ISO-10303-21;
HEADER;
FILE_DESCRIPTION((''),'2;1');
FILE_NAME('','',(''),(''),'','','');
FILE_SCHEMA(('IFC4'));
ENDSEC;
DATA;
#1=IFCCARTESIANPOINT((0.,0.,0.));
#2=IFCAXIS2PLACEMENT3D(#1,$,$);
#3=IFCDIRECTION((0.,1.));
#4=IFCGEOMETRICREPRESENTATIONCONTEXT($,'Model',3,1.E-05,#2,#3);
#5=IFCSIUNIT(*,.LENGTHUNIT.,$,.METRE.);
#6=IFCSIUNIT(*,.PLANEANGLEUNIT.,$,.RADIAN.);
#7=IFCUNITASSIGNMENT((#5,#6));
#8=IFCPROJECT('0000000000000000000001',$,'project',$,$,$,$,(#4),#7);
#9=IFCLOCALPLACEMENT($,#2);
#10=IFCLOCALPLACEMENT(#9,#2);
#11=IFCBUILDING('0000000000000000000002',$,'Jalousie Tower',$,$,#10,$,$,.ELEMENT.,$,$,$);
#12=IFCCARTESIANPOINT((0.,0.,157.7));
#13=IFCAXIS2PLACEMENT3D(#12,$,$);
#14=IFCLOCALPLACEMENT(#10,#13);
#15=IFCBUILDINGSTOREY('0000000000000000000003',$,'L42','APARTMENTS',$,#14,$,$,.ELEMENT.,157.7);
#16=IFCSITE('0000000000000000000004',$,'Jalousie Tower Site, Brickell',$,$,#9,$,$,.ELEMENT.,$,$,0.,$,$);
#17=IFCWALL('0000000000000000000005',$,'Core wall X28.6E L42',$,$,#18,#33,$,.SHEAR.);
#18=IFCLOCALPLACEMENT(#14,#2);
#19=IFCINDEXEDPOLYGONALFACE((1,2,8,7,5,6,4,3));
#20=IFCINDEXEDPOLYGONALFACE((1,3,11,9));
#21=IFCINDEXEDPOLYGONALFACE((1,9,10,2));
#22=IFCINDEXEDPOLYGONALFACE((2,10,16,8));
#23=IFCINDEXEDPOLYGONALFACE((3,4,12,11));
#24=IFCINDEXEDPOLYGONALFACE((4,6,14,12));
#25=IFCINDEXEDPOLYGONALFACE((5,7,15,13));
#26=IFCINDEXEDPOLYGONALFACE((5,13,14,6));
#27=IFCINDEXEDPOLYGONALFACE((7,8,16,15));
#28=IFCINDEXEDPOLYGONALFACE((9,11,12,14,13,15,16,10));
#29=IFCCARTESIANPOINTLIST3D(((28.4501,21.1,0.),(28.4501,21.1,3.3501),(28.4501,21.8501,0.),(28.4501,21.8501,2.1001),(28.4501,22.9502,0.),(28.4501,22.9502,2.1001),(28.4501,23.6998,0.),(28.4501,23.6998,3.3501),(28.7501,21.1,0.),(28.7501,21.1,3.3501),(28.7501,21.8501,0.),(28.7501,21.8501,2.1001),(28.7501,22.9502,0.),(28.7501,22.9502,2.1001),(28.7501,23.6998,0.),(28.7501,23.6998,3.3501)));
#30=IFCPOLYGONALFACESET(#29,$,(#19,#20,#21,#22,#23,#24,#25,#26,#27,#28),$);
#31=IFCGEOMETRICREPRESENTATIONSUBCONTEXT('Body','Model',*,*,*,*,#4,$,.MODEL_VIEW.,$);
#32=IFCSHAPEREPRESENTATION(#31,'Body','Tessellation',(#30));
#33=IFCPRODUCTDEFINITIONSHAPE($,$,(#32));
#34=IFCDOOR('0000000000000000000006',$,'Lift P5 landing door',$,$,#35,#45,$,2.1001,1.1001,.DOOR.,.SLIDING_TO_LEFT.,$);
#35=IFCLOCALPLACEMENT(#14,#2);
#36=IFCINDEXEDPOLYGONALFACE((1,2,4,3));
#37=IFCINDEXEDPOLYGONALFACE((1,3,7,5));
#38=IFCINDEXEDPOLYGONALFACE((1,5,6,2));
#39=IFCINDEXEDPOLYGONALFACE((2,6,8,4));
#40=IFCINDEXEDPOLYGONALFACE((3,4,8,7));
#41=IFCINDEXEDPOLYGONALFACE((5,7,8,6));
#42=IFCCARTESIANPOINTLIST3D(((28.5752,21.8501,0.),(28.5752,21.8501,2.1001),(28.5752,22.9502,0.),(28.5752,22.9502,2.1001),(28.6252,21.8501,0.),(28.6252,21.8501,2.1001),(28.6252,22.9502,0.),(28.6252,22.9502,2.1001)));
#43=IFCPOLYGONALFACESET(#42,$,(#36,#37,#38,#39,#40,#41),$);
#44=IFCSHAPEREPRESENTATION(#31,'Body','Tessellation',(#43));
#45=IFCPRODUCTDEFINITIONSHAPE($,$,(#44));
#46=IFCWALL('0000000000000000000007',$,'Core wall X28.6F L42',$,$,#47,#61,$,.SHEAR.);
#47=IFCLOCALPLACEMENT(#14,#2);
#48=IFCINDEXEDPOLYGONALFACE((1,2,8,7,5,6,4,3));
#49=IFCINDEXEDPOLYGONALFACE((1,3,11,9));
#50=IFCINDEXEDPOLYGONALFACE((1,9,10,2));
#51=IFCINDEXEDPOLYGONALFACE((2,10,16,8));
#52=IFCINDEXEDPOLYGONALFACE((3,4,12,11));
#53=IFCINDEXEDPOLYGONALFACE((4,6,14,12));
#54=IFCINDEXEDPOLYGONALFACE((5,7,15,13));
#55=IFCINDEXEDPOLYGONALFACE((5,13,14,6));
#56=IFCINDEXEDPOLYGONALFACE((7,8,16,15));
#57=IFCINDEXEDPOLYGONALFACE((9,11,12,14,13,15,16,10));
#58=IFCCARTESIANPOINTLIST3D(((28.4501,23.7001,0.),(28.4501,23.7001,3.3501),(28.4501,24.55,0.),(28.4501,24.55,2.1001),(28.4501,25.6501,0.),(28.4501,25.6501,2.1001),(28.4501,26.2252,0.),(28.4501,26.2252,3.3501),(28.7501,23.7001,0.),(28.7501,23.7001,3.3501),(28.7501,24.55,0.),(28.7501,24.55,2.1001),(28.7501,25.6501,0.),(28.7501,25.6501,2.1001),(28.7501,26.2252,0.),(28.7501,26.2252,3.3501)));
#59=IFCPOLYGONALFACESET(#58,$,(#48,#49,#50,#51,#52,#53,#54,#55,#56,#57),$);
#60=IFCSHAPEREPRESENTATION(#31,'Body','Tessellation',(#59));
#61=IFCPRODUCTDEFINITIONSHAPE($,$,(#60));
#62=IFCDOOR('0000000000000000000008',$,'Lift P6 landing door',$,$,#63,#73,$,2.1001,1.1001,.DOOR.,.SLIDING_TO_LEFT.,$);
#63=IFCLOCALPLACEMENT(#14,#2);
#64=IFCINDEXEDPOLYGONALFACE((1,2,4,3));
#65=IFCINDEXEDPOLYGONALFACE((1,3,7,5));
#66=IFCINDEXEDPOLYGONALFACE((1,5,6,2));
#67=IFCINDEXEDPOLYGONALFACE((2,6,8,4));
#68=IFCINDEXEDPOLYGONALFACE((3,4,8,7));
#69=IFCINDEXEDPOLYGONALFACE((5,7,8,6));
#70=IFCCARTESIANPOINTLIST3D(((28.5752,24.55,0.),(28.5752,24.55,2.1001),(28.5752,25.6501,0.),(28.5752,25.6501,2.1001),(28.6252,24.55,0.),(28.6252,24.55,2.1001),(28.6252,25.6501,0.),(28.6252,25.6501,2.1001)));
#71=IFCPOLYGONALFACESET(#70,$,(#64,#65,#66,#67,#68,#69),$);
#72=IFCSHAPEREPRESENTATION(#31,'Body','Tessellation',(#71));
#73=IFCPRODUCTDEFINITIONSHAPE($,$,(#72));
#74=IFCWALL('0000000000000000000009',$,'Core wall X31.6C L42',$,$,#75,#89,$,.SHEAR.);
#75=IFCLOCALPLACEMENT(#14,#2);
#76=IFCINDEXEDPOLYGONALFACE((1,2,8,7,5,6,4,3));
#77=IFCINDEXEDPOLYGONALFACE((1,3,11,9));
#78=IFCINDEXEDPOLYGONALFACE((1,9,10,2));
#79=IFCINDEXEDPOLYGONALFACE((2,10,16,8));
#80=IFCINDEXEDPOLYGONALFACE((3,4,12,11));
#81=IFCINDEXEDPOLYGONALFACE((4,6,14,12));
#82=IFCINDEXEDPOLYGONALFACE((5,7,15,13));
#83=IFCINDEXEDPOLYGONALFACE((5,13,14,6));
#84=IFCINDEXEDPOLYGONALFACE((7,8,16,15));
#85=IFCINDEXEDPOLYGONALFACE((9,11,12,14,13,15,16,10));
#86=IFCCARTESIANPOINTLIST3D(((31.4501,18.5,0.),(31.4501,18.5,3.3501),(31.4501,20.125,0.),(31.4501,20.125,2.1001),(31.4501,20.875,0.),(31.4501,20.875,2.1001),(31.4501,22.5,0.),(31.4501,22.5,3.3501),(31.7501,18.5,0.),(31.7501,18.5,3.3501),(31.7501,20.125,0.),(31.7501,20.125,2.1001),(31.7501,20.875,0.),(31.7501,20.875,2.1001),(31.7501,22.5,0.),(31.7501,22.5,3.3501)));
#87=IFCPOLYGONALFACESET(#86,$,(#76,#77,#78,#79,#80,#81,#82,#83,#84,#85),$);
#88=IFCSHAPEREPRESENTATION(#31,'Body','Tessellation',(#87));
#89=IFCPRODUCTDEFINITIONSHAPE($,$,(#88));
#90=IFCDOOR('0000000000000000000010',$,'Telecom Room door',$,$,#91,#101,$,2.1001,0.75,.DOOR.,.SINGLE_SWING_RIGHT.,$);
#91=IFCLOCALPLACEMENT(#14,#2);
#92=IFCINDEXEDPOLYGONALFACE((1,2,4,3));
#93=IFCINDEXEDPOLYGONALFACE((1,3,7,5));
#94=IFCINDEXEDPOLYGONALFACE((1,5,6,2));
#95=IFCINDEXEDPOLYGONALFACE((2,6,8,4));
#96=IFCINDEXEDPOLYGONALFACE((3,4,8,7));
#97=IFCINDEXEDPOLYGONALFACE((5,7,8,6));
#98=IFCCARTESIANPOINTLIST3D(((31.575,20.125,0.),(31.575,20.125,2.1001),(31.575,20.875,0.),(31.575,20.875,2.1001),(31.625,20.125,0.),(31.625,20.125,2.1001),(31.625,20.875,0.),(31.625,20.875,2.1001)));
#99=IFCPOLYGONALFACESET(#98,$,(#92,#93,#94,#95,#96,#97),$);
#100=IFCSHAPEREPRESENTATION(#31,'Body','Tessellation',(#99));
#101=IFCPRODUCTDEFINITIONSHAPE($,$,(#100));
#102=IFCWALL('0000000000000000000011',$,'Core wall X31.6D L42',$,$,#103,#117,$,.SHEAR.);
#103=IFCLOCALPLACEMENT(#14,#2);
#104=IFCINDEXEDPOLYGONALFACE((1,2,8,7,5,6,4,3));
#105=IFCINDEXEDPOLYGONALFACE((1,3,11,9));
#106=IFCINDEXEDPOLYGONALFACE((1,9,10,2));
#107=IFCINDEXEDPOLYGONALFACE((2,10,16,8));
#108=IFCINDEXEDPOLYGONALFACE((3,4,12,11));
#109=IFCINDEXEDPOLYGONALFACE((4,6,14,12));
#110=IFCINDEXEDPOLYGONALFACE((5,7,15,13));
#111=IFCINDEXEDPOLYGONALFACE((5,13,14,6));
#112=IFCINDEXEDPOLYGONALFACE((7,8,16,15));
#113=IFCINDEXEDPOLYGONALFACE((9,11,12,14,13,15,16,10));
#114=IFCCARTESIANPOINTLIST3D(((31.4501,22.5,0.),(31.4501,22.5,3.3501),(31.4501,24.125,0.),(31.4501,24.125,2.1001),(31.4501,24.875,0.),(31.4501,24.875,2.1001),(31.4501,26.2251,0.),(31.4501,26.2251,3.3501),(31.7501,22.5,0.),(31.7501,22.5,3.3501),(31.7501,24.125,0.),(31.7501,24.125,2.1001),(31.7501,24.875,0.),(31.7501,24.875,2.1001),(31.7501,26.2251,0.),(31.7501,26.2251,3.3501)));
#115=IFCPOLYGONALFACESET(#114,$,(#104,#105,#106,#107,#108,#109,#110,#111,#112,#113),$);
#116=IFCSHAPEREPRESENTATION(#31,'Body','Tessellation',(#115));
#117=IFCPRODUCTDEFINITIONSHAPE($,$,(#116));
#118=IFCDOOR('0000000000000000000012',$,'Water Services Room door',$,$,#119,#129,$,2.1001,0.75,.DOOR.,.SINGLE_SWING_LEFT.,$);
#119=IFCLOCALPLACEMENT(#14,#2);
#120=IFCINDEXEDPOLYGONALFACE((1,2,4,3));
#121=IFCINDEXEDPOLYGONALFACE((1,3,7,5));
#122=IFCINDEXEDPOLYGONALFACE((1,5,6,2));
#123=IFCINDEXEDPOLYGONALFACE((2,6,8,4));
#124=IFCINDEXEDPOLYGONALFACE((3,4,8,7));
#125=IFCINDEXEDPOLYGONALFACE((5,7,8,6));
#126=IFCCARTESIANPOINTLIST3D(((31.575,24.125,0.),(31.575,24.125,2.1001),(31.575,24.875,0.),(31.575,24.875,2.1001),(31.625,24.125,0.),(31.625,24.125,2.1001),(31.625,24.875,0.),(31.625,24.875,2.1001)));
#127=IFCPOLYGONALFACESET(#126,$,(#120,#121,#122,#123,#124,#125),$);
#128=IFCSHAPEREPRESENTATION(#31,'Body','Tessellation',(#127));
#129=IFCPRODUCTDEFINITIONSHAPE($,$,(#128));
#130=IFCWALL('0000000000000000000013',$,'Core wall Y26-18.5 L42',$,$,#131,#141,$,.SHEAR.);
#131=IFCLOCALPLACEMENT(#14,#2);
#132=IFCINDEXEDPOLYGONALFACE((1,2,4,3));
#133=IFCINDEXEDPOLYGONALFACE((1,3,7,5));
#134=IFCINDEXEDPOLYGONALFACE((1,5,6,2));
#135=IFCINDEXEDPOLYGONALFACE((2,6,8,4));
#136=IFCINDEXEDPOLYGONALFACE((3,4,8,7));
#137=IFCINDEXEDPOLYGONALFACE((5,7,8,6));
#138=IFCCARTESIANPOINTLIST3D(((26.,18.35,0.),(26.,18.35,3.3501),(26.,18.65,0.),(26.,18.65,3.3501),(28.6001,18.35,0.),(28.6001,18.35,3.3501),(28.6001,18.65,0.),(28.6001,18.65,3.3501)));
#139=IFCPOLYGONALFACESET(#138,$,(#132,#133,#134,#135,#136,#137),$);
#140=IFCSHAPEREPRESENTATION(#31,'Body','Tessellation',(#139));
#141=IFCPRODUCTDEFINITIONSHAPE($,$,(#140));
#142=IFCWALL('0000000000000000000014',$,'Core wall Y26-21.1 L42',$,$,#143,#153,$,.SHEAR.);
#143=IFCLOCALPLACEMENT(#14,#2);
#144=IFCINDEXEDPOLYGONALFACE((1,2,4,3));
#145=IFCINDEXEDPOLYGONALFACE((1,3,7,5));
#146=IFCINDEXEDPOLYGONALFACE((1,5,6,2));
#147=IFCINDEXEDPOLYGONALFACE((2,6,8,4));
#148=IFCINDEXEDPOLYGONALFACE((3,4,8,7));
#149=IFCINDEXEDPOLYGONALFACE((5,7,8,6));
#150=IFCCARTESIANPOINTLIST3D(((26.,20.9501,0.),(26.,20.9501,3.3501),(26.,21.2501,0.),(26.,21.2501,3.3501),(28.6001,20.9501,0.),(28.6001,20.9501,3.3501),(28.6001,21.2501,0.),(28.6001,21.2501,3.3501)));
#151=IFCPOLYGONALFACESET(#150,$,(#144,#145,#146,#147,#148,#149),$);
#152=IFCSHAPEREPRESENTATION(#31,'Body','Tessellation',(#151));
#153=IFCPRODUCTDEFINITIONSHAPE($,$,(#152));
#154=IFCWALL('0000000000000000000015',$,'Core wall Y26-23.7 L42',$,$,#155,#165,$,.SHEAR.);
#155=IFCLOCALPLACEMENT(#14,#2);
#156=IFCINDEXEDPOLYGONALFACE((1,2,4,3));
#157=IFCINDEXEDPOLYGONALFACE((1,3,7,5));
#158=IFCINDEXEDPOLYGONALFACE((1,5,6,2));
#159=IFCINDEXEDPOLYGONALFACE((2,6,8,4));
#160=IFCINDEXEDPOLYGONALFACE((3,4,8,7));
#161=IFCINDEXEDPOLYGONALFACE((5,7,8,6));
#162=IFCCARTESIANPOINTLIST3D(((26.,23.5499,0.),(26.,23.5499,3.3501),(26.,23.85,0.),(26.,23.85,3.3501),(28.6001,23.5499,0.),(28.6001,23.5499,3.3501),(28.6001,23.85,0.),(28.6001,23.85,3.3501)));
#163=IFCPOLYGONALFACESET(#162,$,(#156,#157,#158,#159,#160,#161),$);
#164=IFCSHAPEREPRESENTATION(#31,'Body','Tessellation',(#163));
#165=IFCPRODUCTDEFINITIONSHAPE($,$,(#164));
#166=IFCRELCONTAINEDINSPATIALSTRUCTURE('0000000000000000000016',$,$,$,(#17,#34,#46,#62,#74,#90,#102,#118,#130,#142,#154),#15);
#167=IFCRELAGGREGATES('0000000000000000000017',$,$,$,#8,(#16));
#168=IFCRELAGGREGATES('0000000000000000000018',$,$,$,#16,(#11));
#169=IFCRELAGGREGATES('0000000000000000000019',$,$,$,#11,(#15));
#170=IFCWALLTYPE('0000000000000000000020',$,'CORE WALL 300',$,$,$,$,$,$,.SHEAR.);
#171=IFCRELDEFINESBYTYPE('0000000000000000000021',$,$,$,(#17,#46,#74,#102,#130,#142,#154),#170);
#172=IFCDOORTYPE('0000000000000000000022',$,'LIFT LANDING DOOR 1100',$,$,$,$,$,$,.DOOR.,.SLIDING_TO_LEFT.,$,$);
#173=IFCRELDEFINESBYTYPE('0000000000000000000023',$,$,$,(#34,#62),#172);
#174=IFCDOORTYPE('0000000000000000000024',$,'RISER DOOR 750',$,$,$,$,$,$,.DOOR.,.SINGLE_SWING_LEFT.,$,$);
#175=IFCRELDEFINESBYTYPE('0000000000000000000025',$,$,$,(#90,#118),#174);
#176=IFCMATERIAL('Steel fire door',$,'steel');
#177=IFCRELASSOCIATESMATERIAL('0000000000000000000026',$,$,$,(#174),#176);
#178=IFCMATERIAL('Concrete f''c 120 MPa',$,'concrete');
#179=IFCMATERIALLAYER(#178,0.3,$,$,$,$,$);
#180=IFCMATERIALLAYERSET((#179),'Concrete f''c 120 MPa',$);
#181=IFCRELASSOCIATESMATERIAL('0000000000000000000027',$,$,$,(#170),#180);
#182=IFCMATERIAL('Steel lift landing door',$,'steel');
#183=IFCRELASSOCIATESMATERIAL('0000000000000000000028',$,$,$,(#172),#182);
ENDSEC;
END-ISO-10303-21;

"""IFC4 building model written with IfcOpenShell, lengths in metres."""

from ifc_helpers import new_model, si_unit, direction, frame, frame_2d, origin, place, context, subcontext, project, spatial, rectangle, extrude, material, layer, layer_set, type_object, element, fill, save


model = new_model("IFC4")

# Units and contexts
model_context = context("Model", 3, precision=1e-05, world=origin(), true_north=direction((0.0, 1.0)))
body_context = subcontext(model_context, "Body", "Model", "MODEL_VIEW")
ifc_project = project(units=[si_unit("LENGTHUNIT", "METRE"), si_unit("PLANEANGLEUNIT", "RADIAN")], contexts=[model_context])

# Site, building, storey
site_placement = place(None, origin())
site = spatial("IfcSite", under=ifc_project, at=site_placement, Name="Jalousie Tower Site, Brickell", CompositionType="ELEMENT", RefElevation=0.0)
building_placement = place(site_placement, origin())
building = spatial("IfcBuilding", under=site, at=building_placement, Name="Jalousie Tower", CompositionType="ELEMENT")
storey_placement = place(building_placement, frame((0.0, 0.0, 157.7)))
storey = spatial("IfcBuildingStorey", under=building, at=storey_placement, Name="L42", Description="APARTMENTS", CompositionType="ELEMENT", Elevation=157.7)

# Shared definitions
ifc_material_1 = material(Name="Steel fire door", Category="steel")
door_type_1 = type_object("IfcDoorType", Name="RISER DOOR 750", OperationType="SINGLE_SWING_LEFT", PredefinedType="DOOR", material=ifc_material_1)

# Shared definitions
ifc_material_2 = material(Name="Concrete f'c 120 MPa", Category="concrete")
ifc_layer_1 = layer(ifc_material_2, 0.3)
ifc_layer_set_1 = layer_set([ifc_layer_1], Name="Concrete f'c 120 MPa")
wall_type_1 = type_object("IfcWallType", Name="CORE WALL 300", PredefinedType="SHEAR", material=ifc_layer_set_1)

# Walls, openings, doors
ifc_material_3 = material(Name="Steel lift landing door", Category="steel")
door_type_2 = type_object("IfcDoorType", Name="LIFT LANDING DOOR 1100", OperationType="SLIDING_TO_LEFT", PredefinedType="DOOR", material=ifc_material_3)
wall_1_placement = place(storey_placement, frame((28.6001, 21.1001, 0.0), z_axis=(0.0, 0.0, 1.0), x_axis=(0.0, 1.0, 0.0)))
wall_1 = element("IfcWall", 1, at=wall_1_placement, inside=storey, type_object=wall_type_1, Name="Core wall X28.6E L42", PredefinedType="SHEAR", context=body_context, shape_type="SweptSolid", body=[
    extrude(rectangle(XDim=2.5999, YDim=0.3, at=frame_2d((1.2998, 0.0))), origin(), (0.0, 0.0, 1.0), 3.3501),
])
opening_1_placement = place(wall_1_placement, frame((0.75, 0.0, 0.0)))
opening_1 = element("IfcOpeningElement", 2, at=opening_1_placement, cuts=wall_1, PredefinedType="OPENING", context=body_context, shape_type="SweptSolid", body=[
    extrude(rectangle(XDim=1.1001, YDim=2.1001, at=frame_2d((0.55, 1.05))), frame((0.0, 0.1599, 0.0), z_axis=(0.0, -1.0, 0.0), x_axis=(1.0, 0.0, 0.0)), (0.0, 0.0, 1.0), 0.3201),
])
door_1_placement = place(opening_1_placement, origin())
door_1 = element("IfcDoor", 3, at=door_1_placement, inside=storey, type_object=door_type_2, Name="Lift P5 landing door", OperationType="SLIDING_TO_LEFT", OverallHeight=2.1001, OverallWidth=1.1001, PredefinedType="DOOR", context=body_context, shape_type="SweptSolid", body=[
    extrude(rectangle(XDim=1.1001, YDim=2.1001, at=frame_2d((0.55, 1.05))), frame((0.0, 0.0249, 0.0), z_axis=(0.0, -1.0, 0.0), x_axis=(1.0, 0.0, 0.0)), (0.0, 0.0, 1.0), 0.05),
])
fill(opening_1, door_1)
wall_2_placement = place(storey_placement, frame((28.6001, 23.7, 0.0), z_axis=(0.0, 0.0, 1.0), x_axis=(0.0, 1.0, 0.0)))
wall_2 = element("IfcWall", 4, at=wall_2_placement, inside=storey, type_object=wall_type_1, Name="Core wall X28.6F L42", PredefinedType="SHEAR", context=body_context, shape_type="SweptSolid", body=[
    extrude(rectangle(XDim=2.5251, YDim=0.3, at=frame_2d((1.2627, 0.0))), origin(), (0.0, 0.0, 1.0), 3.3501),
])
opening_2_placement = place(wall_2_placement, frame((0.8501, 0.0, 0.0)))
opening_2 = element("IfcOpeningElement", 5, at=opening_2_placement, cuts=wall_2, PredefinedType="OPENING", context=body_context, shape_type="SweptSolid", body=[
    extrude(rectangle(XDim=1.1001, YDim=2.1001, at=frame_2d((0.55, 1.05))), frame((0.0, 0.1599, 0.0), z_axis=(0.0, -1.0, 0.0), x_axis=(1.0, 0.0, 0.0)), (0.0, 0.0, 1.0), 0.3201),
])
door_2_placement = place(opening_2_placement, origin())
door_2 = element("IfcDoor", 6, at=door_2_placement, inside=storey, type_object=door_type_2, Name="Lift P6 landing door", OperationType="SLIDING_TO_LEFT", OverallHeight=2.1001, OverallWidth=1.1001, PredefinedType="DOOR", context=body_context, shape_type="SweptSolid", body=[
    extrude(rectangle(XDim=1.1001, YDim=2.1001, at=frame_2d((0.55, 1.05))), frame((0.0, 0.0249, 0.0), z_axis=(0.0, -1.0, 0.0), x_axis=(1.0, 0.0, 0.0)), (0.0, 0.0, 1.0), 0.05),
])
fill(opening_2, door_2)
wall_3_placement = place(storey_placement, frame((31.6001, 18.5, 0.0), z_axis=(0.0, 0.0, 1.0), x_axis=(0.0, 1.0, 0.0)))
wall_3 = element("IfcWall", 7, at=wall_3_placement, inside=storey, type_object=wall_type_1, Name="Core wall X31.6C L42", PredefinedType="SHEAR", context=body_context, shape_type="SweptSolid", body=[
    extrude(rectangle(XDim=4.0, YDim=0.3, at=frame_2d((2.0, 0.0))), origin(), (0.0, 0.0, 1.0), 3.3501),
])
opening_3_placement = place(wall_3_placement, frame((1.625, 0.0, 0.0)))
opening_3 = element("IfcOpeningElement", 8, at=opening_3_placement, cuts=wall_3, PredefinedType="OPENING", context=body_context, shape_type="SweptSolid", body=[
    extrude(rectangle(XDim=0.75, YDim=2.1001, at=frame_2d((0.375, 1.05))), frame((0.0, 0.1599, 0.0), z_axis=(0.0, -1.0, 0.0), x_axis=(1.0, 0.0, 0.0)), (0.0, 0.0, 1.0), 0.3201),
])
door_3_placement = place(opening_3_placement, frame((0.75, 0.0, 0.0), z_axis=(0.0, 0.0, 1.0), x_axis=(-1.0, 0.0, 0.0)))
door_3 = element("IfcDoor", 9, at=door_3_placement, inside=storey, type_object=door_type_1, Name="Telecom Room door", OperationType="SINGLE_SWING_RIGHT", OverallHeight=2.1001, OverallWidth=0.75, PredefinedType="DOOR", context=body_context, shape_type="SweptSolid", body=[
    extrude(rectangle(XDim=0.75, YDim=2.1001, at=frame_2d((0.375, 1.05))), frame((0.0, 0.0249, 0.0), z_axis=(0.0, -1.0, 0.0), x_axis=(1.0, 0.0, 0.0)), (0.0, 0.0, 1.0), 0.05),
])
fill(opening_3, door_3)
wall_4_placement = place(storey_placement, frame((31.6001, 22.5, 0.0), z_axis=(0.0, 0.0, 1.0), x_axis=(0.0, 1.0, 0.0)))
wall_4 = element("IfcWall", 10, at=wall_4_placement, inside=storey, type_object=wall_type_1, Name="Core wall X31.6D L42", PredefinedType="SHEAR", context=body_context, shape_type="SweptSolid", body=[
    extrude(rectangle(XDim=3.7251, YDim=0.3, at=frame_2d((1.8625, 0.0))), origin(), (0.0, 0.0, 1.0), 3.3501),
])
opening_4_placement = place(wall_4_placement, frame((1.625, 0.0, 0.0)))
opening_4 = element("IfcOpeningElement", 11, at=opening_4_placement, cuts=wall_4, PredefinedType="OPENING", context=body_context, shape_type="SweptSolid", body=[
    extrude(rectangle(XDim=0.75, YDim=2.1001, at=frame_2d((0.375, 1.05))), frame((0.0, 0.1599, 0.0), z_axis=(0.0, -1.0, 0.0), x_axis=(1.0, 0.0, 0.0)), (0.0, 0.0, 1.0), 0.3201),
])
door_4_placement = place(opening_4_placement, frame((0.75, 0.0, 0.0), z_axis=(0.0, 0.0, 1.0), x_axis=(-1.0, 0.0, 0.0)))
door_4 = element("IfcDoor", 12, at=door_4_placement, inside=storey, type_object=door_type_1, Name="Water Services Room door", OperationType="SINGLE_SWING_LEFT", OverallHeight=2.1001, OverallWidth=0.75, PredefinedType="DOOR", context=body_context, shape_type="SweptSolid", body=[
    extrude(rectangle(XDim=0.75, YDim=2.1001, at=frame_2d((0.375, 1.05))), frame((0.0, 0.0249, 0.0), z_axis=(0.0, -1.0, 0.0), x_axis=(1.0, 0.0, 0.0)), (0.0, 0.0, 1.0), 0.05),
])
fill(opening_4, door_4)

# Walls
for number, where, z_axis, x_axis, name in (
    (13, (26.0, 18.5, 0.0), (0.0, 0.0, 1.0), (1.0, 0.0, 0.0), "Core wall Y26-18.5 L42"),
    (14, (26.0, 21.1001, 0.0), (0.0, 0.0, 1.0), (1.0, 0.0, 0.0), "Core wall Y26-21.1 L42"),
    (15, (26.0, 23.7, 0.0), (0.0, 0.0, 1.0), (1.0, 0.0, 0.0), "Core wall Y26-23.7 L42"),
):
    element("IfcWall", number, at=place(storey_placement, frame(where, z_axis=z_axis, x_axis=x_axis)), inside=storey, type_object=wall_type_1, Name=name, PredefinedType="SHEAR", context=body_context, shape_type="SweptSolid", body=[
        extrude(rectangle(XDim=2.6001, YDim=0.3, at=frame_2d((1.3, 0.0))), origin(), (0.0, 0.0, 1.0), 3.3501),
    ])

save(model, "model.ifc")
